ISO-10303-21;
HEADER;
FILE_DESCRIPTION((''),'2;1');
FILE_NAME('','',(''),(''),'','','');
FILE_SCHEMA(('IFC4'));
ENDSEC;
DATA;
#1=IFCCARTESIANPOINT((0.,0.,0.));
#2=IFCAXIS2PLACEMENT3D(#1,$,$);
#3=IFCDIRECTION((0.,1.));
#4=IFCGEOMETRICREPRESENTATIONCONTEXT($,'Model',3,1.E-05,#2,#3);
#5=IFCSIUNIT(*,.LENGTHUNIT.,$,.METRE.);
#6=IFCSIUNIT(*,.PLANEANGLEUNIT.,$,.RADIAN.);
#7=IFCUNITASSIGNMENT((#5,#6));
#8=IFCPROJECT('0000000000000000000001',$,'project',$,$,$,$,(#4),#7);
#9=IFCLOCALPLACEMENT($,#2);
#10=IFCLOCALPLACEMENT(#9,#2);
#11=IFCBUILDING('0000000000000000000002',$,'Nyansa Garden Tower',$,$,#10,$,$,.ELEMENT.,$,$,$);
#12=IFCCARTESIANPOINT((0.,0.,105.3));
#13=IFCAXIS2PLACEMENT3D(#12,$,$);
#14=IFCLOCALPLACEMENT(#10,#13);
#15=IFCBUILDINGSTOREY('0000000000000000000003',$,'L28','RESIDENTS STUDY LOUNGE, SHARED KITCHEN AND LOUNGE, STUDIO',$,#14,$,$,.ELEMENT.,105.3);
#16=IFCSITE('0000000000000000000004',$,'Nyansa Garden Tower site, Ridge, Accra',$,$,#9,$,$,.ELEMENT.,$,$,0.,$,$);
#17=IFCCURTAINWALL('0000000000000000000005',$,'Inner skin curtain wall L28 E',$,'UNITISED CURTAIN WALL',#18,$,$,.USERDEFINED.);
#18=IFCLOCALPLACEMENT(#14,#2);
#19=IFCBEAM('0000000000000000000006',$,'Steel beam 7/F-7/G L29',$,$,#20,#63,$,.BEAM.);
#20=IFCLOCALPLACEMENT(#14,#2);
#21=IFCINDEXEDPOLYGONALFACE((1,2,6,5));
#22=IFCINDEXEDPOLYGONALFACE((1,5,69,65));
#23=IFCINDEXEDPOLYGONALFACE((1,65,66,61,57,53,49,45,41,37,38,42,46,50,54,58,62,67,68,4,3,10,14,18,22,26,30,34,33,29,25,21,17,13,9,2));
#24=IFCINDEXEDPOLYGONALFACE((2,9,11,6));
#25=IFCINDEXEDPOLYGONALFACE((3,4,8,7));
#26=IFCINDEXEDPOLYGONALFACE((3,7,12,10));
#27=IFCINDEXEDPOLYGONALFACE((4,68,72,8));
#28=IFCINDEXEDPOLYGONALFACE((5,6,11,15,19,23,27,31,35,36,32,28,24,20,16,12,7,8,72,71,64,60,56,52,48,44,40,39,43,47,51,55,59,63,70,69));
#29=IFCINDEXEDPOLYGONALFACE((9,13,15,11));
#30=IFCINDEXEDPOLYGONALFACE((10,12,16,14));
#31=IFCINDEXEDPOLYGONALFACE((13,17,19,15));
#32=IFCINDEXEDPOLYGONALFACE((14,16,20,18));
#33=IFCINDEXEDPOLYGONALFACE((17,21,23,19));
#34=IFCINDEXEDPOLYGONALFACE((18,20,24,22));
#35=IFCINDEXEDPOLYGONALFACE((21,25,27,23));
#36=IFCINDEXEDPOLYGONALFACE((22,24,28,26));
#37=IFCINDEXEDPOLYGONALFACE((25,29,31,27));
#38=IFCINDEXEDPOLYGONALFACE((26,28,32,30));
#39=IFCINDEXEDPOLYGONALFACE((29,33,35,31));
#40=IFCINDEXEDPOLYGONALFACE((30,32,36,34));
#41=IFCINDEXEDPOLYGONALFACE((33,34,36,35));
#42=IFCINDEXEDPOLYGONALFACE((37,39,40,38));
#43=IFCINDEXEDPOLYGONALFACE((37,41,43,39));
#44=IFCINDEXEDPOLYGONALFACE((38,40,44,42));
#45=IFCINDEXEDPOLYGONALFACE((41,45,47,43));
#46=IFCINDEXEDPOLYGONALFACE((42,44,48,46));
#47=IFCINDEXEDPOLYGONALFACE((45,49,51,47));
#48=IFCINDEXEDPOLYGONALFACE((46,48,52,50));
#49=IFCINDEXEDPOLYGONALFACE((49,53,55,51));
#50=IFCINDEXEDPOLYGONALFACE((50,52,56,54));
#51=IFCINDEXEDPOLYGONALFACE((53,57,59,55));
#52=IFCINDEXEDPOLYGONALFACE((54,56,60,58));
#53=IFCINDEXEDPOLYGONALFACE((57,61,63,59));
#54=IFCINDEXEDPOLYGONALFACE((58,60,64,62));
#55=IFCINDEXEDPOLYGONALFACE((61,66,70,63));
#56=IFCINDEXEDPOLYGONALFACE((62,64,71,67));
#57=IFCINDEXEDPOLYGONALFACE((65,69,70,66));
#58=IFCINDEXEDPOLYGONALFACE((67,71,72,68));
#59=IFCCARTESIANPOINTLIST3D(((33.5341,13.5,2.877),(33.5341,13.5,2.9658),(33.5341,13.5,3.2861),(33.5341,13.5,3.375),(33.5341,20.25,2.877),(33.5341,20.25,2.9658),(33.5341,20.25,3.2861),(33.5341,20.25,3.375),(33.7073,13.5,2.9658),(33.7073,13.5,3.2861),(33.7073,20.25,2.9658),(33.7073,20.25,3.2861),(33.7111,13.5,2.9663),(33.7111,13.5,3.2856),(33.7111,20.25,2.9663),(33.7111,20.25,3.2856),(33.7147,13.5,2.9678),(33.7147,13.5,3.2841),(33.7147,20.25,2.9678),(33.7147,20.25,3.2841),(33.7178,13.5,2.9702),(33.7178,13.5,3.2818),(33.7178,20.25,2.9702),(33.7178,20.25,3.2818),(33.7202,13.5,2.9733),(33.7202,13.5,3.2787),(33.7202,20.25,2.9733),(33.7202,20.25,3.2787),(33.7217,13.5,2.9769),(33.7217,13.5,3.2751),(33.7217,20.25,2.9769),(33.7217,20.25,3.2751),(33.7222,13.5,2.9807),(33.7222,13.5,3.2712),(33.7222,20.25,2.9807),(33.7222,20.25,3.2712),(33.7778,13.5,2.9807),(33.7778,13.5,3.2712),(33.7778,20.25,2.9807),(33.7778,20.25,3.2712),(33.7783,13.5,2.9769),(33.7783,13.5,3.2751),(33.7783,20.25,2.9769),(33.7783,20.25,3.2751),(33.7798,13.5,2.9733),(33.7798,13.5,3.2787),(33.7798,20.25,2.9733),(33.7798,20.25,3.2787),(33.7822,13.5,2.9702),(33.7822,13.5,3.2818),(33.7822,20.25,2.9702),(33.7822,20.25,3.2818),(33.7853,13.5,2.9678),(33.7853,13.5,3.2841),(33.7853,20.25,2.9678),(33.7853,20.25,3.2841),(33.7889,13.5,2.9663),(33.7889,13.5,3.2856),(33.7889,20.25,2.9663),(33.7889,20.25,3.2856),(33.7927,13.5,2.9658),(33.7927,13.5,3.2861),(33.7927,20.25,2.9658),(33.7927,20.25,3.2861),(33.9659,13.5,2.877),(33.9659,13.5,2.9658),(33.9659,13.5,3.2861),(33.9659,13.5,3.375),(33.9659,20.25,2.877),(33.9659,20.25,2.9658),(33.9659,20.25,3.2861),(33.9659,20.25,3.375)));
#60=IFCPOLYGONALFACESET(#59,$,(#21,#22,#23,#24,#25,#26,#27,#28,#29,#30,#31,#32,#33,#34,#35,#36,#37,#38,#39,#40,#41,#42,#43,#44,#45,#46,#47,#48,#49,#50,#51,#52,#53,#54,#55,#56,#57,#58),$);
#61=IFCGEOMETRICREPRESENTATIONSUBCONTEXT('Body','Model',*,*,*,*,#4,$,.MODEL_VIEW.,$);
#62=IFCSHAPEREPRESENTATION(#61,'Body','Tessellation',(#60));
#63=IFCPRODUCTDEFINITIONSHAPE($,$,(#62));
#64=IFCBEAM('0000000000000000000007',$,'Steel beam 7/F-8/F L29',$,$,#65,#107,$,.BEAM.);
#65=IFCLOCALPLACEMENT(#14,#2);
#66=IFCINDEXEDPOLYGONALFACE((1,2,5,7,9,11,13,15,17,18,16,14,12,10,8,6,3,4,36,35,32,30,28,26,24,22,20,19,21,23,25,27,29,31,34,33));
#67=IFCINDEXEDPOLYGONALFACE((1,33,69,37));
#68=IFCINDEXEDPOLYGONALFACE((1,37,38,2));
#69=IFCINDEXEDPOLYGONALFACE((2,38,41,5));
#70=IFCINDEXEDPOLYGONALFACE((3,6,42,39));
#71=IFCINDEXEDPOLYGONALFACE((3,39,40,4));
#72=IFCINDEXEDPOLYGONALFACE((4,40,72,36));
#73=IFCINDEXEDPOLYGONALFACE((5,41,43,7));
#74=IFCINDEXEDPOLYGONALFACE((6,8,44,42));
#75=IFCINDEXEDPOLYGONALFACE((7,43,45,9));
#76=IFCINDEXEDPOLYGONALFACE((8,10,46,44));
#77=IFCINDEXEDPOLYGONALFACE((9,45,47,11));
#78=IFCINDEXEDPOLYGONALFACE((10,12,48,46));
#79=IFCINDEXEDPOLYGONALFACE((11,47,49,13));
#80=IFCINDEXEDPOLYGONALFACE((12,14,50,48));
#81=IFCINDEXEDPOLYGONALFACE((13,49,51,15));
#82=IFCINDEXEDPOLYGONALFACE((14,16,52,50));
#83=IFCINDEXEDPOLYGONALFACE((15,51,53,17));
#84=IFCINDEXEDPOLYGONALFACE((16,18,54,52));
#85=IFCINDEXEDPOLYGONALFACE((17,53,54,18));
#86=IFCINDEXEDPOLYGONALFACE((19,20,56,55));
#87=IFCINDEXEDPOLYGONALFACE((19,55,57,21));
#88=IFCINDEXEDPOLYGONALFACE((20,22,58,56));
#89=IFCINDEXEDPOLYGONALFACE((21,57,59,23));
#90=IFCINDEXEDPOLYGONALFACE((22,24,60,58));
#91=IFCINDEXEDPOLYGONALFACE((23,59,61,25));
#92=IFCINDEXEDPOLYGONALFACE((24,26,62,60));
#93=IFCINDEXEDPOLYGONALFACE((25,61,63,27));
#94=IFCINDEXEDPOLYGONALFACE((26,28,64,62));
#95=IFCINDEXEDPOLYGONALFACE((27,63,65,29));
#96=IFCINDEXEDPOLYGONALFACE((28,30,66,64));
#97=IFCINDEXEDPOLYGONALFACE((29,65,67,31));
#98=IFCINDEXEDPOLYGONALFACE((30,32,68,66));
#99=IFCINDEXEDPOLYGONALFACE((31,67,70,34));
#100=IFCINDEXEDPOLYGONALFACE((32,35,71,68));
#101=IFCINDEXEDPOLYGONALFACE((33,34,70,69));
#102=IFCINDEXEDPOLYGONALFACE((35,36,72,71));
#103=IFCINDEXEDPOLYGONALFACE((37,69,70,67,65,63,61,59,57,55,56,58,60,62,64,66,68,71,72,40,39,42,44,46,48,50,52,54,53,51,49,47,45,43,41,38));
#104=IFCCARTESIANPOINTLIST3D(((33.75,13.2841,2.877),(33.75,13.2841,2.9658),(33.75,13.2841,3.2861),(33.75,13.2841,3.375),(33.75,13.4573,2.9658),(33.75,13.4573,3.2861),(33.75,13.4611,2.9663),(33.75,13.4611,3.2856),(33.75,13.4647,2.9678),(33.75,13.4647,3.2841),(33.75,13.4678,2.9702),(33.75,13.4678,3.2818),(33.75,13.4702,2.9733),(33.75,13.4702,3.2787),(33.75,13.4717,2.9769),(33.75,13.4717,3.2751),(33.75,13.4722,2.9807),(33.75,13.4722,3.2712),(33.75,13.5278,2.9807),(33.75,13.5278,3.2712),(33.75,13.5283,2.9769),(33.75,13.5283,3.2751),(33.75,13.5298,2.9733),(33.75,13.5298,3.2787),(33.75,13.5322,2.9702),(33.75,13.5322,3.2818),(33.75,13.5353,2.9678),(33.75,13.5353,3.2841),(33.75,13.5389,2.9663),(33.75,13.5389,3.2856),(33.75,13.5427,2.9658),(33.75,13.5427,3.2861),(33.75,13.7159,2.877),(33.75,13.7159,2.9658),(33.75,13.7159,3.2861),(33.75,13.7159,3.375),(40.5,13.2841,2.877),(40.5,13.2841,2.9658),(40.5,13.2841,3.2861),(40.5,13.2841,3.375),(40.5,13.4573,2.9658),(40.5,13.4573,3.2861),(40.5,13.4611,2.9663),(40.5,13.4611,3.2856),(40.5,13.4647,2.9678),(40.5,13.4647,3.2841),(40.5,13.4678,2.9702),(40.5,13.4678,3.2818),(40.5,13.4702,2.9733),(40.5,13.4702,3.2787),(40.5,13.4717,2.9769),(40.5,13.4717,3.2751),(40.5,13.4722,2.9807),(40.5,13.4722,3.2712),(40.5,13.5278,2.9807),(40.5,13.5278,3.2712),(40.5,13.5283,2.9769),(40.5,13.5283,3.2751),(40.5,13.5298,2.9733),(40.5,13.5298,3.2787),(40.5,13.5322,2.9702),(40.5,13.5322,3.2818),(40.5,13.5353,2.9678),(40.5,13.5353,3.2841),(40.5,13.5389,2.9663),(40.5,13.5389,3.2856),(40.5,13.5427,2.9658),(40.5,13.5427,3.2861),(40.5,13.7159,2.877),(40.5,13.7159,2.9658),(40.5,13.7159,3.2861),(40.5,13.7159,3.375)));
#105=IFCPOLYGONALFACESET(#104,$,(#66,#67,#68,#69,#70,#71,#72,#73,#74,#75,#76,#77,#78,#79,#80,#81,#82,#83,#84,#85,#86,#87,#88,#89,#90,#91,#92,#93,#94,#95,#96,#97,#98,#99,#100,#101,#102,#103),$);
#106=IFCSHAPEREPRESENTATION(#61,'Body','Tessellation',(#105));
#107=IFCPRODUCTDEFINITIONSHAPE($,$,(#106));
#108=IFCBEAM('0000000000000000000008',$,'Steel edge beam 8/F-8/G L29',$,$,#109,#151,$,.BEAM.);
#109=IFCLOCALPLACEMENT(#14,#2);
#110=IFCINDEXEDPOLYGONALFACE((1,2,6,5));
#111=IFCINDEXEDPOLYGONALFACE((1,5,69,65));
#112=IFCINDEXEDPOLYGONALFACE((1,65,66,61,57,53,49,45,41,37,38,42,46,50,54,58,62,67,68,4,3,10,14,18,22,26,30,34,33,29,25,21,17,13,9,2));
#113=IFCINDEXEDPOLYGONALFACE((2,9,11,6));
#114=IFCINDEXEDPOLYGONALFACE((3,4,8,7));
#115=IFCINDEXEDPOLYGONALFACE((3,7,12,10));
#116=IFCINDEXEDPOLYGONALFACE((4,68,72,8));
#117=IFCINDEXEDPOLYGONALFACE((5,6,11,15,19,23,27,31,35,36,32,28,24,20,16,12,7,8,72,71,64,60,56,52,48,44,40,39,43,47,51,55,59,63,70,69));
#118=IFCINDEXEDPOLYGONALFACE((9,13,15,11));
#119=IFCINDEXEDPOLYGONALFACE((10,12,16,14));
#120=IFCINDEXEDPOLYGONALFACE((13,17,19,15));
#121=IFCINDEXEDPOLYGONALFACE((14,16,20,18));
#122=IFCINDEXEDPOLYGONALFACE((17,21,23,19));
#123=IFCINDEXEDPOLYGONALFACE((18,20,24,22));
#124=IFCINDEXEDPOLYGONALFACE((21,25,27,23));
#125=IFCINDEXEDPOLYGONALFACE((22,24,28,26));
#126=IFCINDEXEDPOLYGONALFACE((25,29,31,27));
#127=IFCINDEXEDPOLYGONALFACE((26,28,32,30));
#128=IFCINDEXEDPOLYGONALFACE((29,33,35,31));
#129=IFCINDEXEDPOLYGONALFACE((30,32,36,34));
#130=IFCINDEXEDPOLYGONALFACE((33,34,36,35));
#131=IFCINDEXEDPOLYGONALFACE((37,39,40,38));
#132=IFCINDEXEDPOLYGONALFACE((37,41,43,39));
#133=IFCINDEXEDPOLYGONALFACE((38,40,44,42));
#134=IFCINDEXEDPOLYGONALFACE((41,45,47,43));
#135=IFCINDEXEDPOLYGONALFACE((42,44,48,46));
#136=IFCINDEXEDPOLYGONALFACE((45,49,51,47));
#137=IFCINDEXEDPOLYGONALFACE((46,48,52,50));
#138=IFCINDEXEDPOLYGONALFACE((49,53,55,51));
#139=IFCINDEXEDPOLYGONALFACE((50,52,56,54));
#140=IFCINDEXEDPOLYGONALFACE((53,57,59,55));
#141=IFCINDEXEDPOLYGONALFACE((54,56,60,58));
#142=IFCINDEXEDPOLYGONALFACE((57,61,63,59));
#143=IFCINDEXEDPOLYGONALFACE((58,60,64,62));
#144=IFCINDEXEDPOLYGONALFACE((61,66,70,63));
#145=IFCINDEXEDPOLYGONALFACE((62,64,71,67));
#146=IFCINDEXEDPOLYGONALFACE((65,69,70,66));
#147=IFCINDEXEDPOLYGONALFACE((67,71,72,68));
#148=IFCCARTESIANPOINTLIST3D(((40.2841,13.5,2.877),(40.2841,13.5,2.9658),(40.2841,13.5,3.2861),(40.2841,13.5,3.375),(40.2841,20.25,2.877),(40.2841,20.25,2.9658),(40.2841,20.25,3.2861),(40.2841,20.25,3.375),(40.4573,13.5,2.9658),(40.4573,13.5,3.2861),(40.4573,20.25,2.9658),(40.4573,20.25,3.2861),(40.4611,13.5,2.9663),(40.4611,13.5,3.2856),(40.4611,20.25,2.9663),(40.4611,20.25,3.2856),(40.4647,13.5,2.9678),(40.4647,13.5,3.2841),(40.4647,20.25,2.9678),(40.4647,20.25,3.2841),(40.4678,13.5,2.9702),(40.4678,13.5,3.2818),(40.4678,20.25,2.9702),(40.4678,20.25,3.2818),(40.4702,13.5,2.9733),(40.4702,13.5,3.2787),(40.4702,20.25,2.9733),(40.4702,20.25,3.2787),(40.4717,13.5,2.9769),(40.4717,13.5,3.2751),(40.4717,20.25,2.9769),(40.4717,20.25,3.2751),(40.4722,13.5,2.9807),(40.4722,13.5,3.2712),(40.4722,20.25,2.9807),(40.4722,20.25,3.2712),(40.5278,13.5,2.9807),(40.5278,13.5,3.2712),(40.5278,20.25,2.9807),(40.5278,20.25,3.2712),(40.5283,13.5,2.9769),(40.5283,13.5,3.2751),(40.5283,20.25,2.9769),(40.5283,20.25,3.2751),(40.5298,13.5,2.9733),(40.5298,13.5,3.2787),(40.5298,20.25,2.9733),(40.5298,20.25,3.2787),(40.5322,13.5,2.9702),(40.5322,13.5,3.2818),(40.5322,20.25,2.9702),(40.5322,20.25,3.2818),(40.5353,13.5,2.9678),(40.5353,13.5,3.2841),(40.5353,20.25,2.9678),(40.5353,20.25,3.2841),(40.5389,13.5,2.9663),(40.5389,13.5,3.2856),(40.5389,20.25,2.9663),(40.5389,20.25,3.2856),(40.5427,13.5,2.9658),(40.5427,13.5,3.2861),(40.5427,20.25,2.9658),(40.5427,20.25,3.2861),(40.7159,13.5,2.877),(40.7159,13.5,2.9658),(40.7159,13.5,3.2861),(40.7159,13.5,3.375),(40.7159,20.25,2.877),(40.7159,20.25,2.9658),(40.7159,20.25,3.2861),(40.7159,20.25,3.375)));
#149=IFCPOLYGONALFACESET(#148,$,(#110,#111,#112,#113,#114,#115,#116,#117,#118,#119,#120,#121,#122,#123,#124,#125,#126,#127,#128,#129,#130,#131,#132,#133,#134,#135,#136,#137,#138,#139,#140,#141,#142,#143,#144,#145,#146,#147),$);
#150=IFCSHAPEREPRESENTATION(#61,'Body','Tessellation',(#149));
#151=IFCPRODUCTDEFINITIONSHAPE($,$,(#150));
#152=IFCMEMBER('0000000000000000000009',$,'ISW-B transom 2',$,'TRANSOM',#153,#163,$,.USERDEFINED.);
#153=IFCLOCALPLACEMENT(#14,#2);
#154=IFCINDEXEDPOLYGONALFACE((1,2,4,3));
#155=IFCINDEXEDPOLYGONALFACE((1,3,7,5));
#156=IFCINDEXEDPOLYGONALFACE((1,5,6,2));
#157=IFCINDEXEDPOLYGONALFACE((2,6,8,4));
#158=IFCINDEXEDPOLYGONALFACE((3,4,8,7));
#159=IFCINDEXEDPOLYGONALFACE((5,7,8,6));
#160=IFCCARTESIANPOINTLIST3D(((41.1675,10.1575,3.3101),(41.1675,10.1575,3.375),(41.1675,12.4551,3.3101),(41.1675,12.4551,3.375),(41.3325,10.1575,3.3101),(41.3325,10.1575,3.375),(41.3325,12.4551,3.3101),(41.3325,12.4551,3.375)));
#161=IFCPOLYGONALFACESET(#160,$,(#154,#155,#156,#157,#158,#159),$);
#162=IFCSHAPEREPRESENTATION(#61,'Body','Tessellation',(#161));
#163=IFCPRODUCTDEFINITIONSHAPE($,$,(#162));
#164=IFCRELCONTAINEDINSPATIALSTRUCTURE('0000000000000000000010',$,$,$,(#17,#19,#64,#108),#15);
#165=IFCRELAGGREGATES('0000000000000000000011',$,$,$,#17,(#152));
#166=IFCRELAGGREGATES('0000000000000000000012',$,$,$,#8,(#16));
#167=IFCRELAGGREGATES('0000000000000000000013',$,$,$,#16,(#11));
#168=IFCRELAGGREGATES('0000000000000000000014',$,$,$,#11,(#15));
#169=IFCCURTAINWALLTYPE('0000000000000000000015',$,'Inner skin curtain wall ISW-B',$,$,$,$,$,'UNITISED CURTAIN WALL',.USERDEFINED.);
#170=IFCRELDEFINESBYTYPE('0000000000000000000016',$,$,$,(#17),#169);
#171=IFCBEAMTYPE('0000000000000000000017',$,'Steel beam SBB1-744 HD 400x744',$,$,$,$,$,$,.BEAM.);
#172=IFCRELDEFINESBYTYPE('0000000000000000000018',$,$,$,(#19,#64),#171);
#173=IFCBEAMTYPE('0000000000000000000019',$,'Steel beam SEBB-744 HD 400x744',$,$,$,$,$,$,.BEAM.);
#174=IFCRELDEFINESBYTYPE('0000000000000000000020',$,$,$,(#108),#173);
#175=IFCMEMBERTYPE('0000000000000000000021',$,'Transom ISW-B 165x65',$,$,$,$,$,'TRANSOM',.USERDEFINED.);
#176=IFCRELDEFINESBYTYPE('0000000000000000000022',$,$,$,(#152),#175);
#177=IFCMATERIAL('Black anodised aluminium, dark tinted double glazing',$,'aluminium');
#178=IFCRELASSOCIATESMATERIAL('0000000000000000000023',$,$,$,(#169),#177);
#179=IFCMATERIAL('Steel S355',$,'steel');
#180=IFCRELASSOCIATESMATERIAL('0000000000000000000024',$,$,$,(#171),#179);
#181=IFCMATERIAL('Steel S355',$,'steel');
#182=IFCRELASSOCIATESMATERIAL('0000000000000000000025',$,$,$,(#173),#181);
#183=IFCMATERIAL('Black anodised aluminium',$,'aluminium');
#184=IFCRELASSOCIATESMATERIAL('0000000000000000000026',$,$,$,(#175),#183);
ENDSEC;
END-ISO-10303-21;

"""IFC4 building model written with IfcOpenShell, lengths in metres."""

from ifc_helpers import new_model, si_unit, direction, frame, origin, origin_2d, place, context, subcontext, project, spatial, rectangle, i_section, extrude, material, material_profile, profile_set, type_object, element, aggregate, save


model = new_model("IFC4")

# Units and contexts
model_context = context("Model", 3, precision=1e-05, world=origin(), true_north=direction((0.0, 1.0)))
body_context = subcontext(model_context, "Body", "Model", "MODEL_VIEW")
ifc_project = project(units=[si_unit("LENGTHUNIT", "METRE"), si_unit("PLANEANGLEUNIT", "RADIAN")], contexts=[model_context])

# Site, building, storey
site_placement = place(None, origin())
site = spatial("IfcSite", under=ifc_project, at=site_placement, Name="Nyansa Garden Tower site, Ridge, Accra", CompositionType="ELEMENT", RefElevation=0.0)
building_placement = place(site_placement, origin())
building = spatial("IfcBuilding", under=site, at=building_placement, Name="Nyansa Garden Tower", CompositionType="ELEMENT")
storey_placement = place(building_placement, frame((0.0, 0.0, 105.3)))
storey = spatial("IfcBuildingStorey", under=building, at=storey_placement, Name="L28", Description="RESIDENTS STUDY LOUNGE, SHARED KITCHEN AND LOUNGE, STUDIO", CompositionType="ELEMENT", Elevation=105.3)

# Curtain wall
ifc_material_1 = material(Name="Black anodised aluminium, dark tinted double glazing", Category="aluminium")
curtain_wall_type = type_object("IfcCurtainWallType", Name="Inner skin curtain wall ISW-B", ElementType="UNITISED CURTAIN WALL", PredefinedType="USERDEFINED", material=ifc_material_1)
curtain_wall_1_placement = place(storey_placement, origin())
curtain_wall_1 = element("IfcCurtainWall", 1, at=curtain_wall_1_placement, inside=storey, type_object=curtain_wall_type, Name="Inner skin curtain wall L28 E", ObjectType="UNITISED CURTAIN WALL", PredefinedType="USERDEFINED")

# Beams
ifc_material_2 = material(Name="Steel S355", Category="steel")
ifc_material_profile_1 = material_profile(ifc_material_2, i_section(OverallWidth=0.4319, OverallDepth=0.498, WebThickness=0.0557, FlangeThickness=0.0889, FilletRadius=0.0149, at=origin_2d()), Name="HD 400x744")
ifc_profile_set_1 = profile_set([ifc_material_profile_1], Name="Steel S355")
beam_type_1 = type_object("IfcBeamType", Name="Steel beam SBB1-744 HD 400x744", PredefinedType="BEAM", material=ifc_profile_set_1)
for number, where, z_axis, x_axis, name in (
    (2, (33.75, 13.5, 3.126), (0.0, 1.0, 0.0), (-1.0, 0.0, 0.0), "Steel beam 7/F-7/G L29"),
    (3, (33.75, 13.5, 3.126), (1.0, 0.0, 0.0), (0.0, 1.0, 0.0), "Steel beam 7/F-8/F L29"),
):
    element("IfcBeam", number, at=place(storey_placement, frame(where, z_axis=z_axis, x_axis=x_axis)), inside=storey, type_object=beam_type_1, Name=name, PredefinedType="BEAM", context=body_context, shape_type="SweptSolid", body=[
        extrude(i_section(OverallWidth=0.4319, OverallDepth=0.498, WebThickness=0.0557, FlangeThickness=0.0889, FilletRadius=0.0149, at=origin_2d()), origin(), (0.0, 0.0, 1.0), 6.75),
    ])
ifc_material_3 = material(Name="Steel S355", Category="steel")
ifc_material_profile_2 = material_profile(ifc_material_3, i_section(OverallWidth=0.4319, OverallDepth=0.498, WebThickness=0.0557, FlangeThickness=0.0889, FilletRadius=0.0149, at=origin_2d()), Name="HD 400x744")
ifc_profile_set_2 = profile_set([ifc_material_profile_2], Name="Steel S355")
beam_type_2 = type_object("IfcBeamType", Name="Steel beam SEBB-744 HD 400x744", PredefinedType="BEAM", material=ifc_profile_set_2)
beam_1_placement = place(storey_placement, frame((40.5, 13.5, 3.126), z_axis=(0.0, 1.0, 0.0), x_axis=(-1.0, 0.0, 0.0)))
element("IfcBeam", 4, at=beam_1_placement, inside=storey, type_object=beam_type_2, Name="Steel edge beam 8/F-8/G L29", PredefinedType="BEAM", context=body_context, shape_type="SweptSolid", body=[
    extrude(i_section(OverallWidth=0.4319, OverallDepth=0.498, WebThickness=0.0557, FlangeThickness=0.0889, FilletRadius=0.0149, at=origin_2d()), origin(), (0.0, 0.0, 1.0), 6.75),
])

# Member
ifc_material_4 = material(Name="Black anodised aluminium", Category="aluminium")
ifc_material_profile_3 = material_profile(ifc_material_4, rectangle(XDim=0.165, YDim=0.0649, at=origin_2d()), Name="Transom 165x65")
ifc_profile_set_3 = profile_set([ifc_material_profile_3], Name="Black anodised aluminium")
member_type_1 = type_object("IfcMemberType", Name="Transom ISW-B 165x65", ElementType="TRANSOM", PredefinedType="USERDEFINED", material=ifc_profile_set_3)
member_1_placement = place(storey_placement, frame((41.25, 10.1575, 3.3425), z_axis=(0.0, 1.0, 0.0), x_axis=(-1.0, 0.0, 0.0)))
member_1 = element("IfcMember", 5, at=member_1_placement, type_object=member_type_1, Name="ISW-B transom 2", ObjectType="TRANSOM", PredefinedType="USERDEFINED", context=body_context, shape_type="SweptSolid", body=[
    extrude(rectangle(XDim=0.165, YDim=0.0649, at=origin_2d()), origin(), (0.0, 0.0, 1.0), 2.2976),
])

aggregate(curtain_wall_1, [member_1])

save(model, "model.ifc")
